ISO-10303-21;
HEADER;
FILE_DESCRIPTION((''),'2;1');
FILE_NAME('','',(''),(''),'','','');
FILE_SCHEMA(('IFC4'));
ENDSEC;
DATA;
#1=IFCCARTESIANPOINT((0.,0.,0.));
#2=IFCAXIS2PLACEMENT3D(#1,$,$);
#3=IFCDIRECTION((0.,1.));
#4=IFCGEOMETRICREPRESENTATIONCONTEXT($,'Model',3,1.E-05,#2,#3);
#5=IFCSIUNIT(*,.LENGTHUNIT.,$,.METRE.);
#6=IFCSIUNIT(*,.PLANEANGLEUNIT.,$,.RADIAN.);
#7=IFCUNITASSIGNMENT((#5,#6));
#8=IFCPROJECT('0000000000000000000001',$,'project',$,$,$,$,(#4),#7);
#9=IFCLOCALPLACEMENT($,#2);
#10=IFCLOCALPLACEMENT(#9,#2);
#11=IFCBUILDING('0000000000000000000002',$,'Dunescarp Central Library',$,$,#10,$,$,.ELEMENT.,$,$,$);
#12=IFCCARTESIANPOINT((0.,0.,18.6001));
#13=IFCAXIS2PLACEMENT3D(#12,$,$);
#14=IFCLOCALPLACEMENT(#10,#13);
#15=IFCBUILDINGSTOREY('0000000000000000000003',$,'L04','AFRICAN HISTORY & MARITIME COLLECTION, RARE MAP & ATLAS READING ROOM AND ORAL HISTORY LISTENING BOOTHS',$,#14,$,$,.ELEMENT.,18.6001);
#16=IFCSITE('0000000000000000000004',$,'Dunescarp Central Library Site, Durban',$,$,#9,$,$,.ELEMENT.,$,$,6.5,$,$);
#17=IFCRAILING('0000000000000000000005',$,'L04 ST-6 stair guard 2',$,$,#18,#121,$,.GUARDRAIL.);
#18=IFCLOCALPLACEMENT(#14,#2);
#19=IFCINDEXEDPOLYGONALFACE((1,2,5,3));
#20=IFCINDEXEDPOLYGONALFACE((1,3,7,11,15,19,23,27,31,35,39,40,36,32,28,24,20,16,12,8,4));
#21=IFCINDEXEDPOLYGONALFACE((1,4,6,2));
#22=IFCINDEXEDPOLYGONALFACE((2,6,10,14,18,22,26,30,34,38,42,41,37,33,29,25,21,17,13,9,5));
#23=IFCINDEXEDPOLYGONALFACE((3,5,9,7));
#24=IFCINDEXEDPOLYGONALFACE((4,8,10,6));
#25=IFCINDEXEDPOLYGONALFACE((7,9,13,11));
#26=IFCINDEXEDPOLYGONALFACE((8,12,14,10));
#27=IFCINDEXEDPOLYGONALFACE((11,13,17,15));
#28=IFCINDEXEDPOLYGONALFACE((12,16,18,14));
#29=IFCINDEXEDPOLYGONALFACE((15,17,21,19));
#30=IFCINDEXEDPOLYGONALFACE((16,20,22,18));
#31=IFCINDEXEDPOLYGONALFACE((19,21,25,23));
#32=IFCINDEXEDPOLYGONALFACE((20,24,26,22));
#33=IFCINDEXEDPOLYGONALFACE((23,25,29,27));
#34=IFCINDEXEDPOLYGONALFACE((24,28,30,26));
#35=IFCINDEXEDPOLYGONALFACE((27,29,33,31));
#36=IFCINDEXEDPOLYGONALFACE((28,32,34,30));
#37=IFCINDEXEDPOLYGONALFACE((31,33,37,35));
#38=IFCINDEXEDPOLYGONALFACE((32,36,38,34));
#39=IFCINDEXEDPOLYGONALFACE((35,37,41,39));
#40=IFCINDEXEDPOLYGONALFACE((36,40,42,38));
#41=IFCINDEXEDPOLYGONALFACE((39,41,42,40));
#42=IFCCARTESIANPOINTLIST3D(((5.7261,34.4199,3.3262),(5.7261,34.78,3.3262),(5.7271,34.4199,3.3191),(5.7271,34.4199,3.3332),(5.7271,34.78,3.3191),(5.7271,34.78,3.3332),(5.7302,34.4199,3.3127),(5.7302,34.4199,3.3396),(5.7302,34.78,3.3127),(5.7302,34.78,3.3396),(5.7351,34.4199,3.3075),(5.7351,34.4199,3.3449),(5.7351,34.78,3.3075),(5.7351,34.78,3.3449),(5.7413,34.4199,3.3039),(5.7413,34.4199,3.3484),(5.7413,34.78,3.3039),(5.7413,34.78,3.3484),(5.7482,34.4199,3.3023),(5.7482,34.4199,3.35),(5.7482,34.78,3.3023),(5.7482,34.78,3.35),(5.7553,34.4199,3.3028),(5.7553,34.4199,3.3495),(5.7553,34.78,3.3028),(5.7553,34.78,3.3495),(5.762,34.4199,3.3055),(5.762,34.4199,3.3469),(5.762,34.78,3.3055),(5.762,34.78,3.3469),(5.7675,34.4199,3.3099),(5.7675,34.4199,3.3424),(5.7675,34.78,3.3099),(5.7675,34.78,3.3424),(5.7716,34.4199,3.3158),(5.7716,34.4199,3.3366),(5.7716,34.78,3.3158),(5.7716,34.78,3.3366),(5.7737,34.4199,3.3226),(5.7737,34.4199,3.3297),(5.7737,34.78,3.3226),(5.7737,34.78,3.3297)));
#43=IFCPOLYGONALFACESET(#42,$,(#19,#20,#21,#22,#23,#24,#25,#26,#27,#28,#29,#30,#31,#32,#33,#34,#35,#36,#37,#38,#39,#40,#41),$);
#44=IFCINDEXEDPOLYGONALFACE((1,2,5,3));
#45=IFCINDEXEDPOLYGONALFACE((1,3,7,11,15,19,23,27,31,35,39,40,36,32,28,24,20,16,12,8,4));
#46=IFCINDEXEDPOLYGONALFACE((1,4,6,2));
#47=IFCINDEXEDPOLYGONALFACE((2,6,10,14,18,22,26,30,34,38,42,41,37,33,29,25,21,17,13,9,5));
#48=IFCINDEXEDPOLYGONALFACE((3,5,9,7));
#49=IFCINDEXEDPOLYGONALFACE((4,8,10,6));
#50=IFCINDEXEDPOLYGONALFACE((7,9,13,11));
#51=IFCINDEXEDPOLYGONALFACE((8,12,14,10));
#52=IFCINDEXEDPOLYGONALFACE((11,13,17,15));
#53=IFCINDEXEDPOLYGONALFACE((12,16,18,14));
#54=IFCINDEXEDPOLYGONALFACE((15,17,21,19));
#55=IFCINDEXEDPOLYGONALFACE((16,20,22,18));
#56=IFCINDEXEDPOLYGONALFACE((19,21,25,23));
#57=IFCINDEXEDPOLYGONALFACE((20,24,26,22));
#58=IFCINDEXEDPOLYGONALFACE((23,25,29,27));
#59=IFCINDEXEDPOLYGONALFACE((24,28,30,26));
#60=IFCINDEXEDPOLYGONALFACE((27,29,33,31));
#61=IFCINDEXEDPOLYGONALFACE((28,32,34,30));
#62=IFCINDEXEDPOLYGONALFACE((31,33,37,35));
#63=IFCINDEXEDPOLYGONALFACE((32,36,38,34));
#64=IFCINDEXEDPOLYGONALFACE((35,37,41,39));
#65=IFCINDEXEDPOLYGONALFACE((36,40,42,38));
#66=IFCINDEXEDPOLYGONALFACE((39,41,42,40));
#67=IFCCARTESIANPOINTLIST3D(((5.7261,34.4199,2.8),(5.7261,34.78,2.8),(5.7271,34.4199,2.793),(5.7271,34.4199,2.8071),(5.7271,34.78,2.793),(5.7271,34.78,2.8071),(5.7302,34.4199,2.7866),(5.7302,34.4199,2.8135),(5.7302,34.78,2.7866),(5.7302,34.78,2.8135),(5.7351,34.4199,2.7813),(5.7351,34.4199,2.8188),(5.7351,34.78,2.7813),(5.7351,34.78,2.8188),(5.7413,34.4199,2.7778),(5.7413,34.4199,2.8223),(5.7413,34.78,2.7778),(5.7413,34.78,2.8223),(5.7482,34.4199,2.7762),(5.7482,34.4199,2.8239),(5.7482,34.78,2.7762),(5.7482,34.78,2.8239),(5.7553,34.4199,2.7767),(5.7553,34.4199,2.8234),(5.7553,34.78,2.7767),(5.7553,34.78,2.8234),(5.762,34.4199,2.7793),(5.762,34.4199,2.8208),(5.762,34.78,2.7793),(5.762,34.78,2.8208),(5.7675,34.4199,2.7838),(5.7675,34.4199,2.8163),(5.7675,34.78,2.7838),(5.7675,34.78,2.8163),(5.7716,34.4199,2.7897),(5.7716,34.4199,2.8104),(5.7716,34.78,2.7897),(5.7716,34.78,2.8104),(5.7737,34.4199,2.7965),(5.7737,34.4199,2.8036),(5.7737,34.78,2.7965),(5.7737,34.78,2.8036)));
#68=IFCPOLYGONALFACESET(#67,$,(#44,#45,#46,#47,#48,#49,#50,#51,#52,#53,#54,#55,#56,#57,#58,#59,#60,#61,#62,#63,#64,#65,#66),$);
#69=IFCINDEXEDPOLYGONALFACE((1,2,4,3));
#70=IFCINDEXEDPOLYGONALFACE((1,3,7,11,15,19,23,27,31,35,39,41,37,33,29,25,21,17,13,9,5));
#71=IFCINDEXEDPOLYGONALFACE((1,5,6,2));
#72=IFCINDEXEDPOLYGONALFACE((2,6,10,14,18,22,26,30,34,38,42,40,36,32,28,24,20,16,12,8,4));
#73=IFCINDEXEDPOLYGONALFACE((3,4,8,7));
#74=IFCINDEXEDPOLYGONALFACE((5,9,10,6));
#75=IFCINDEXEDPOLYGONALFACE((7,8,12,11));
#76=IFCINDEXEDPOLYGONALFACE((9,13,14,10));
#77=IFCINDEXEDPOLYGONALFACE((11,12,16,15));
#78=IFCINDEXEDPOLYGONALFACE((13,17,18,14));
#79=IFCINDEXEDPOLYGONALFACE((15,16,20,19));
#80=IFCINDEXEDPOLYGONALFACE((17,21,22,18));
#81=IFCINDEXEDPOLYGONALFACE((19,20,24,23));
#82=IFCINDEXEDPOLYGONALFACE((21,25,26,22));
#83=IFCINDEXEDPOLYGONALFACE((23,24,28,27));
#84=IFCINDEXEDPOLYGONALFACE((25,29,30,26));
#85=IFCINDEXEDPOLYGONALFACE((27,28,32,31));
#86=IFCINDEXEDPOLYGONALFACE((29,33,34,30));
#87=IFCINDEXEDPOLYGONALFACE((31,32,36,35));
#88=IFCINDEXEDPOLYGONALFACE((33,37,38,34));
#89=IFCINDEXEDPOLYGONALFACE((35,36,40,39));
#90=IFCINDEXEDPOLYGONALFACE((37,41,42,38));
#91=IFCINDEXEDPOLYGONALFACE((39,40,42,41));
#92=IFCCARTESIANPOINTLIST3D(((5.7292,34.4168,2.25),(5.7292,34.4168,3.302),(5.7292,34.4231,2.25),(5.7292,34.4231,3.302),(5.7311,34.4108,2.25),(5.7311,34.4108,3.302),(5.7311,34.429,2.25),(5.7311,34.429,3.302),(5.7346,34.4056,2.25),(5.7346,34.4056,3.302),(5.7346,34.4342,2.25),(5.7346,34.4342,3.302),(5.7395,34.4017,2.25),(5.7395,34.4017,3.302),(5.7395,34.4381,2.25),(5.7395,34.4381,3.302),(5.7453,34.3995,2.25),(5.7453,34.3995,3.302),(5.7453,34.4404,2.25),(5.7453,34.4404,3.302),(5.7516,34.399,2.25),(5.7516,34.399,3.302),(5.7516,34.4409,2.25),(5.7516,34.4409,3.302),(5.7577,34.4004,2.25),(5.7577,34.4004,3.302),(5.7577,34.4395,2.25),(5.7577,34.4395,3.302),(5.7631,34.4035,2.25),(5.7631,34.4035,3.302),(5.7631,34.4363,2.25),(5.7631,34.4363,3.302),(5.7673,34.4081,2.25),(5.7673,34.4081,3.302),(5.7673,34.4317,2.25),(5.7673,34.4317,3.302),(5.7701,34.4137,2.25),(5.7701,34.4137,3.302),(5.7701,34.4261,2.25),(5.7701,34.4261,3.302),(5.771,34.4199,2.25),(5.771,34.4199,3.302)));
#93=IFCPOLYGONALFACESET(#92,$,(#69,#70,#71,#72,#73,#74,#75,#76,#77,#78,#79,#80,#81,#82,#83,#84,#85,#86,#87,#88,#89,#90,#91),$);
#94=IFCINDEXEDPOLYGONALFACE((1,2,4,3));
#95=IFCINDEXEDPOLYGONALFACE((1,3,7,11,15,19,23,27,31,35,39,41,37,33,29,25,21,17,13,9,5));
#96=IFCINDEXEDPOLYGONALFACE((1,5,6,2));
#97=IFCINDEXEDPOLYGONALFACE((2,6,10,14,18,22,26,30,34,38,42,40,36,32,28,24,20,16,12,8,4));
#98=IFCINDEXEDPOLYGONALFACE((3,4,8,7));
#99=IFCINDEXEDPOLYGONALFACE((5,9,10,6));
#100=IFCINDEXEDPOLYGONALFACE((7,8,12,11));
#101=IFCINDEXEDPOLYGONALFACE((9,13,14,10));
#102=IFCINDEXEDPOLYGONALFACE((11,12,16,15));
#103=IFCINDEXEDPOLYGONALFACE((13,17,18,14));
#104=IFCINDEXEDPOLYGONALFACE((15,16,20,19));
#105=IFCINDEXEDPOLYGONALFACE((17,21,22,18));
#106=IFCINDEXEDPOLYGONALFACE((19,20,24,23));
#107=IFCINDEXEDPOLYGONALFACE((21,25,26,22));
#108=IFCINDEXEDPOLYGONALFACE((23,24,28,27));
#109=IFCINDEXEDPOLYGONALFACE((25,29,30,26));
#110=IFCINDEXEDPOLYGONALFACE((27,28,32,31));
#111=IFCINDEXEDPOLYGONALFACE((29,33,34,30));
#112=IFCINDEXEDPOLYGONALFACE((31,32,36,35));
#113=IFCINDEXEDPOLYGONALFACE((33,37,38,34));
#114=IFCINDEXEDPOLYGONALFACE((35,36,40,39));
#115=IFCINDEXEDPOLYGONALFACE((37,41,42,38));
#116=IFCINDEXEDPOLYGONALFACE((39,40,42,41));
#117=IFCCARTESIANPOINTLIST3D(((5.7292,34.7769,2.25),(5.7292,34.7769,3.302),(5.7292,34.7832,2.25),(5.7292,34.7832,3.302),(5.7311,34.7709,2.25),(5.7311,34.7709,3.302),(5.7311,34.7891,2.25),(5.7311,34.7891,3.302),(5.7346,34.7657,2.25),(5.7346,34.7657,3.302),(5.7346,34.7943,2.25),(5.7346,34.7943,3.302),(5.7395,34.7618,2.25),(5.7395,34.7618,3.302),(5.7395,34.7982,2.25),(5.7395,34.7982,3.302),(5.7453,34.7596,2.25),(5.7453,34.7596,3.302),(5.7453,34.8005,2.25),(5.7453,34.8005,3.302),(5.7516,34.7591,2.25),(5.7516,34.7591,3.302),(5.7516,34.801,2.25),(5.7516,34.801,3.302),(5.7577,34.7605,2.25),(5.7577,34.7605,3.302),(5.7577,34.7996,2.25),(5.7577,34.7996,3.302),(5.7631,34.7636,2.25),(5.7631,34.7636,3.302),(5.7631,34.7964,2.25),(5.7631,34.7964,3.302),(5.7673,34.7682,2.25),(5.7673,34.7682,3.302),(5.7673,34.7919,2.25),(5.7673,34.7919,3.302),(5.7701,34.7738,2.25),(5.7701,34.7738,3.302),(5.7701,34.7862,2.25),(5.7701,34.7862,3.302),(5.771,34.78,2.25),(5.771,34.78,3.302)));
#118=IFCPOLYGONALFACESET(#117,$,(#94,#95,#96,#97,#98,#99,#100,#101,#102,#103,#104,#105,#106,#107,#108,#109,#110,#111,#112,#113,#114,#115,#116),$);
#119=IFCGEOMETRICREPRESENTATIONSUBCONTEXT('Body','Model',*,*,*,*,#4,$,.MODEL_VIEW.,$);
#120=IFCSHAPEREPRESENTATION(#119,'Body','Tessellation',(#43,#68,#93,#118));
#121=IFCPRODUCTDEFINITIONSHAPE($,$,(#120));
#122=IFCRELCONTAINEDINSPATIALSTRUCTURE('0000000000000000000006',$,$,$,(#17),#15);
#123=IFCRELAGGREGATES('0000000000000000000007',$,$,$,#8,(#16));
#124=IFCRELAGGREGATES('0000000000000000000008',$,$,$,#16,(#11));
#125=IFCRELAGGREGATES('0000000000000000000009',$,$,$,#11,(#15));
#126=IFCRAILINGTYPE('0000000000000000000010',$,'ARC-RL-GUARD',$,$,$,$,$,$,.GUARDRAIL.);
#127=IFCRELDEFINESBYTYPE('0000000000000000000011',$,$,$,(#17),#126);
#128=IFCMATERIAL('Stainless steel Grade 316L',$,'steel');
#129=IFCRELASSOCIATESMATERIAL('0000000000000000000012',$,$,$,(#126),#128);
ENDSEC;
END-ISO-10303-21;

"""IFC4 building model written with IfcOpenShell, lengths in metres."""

from ifc_helpers import new_model, si_unit, direction, frame, origin, origin_2d, place, context, subcontext, project, spatial, circle, extrude, material, type_object, element, save


model = new_model("IFC4")

# Units and contexts
model_context = context("Model", 3, precision=1e-05, world=origin(), true_north=direction((0.0, 1.0)))
body_context = subcontext(model_context, "Body", "Model", "MODEL_VIEW")
ifc_project = project(units=[si_unit("LENGTHUNIT", "METRE"), si_unit("PLANEANGLEUNIT", "RADIAN")], contexts=[model_context])

# Site, building, storey
site_placement = place(None, origin())
site = spatial("IfcSite", under=ifc_project, at=site_placement, Name="Dunescarp Central Library Site, Durban", CompositionType="ELEMENT", RefElevation=6.5)
building_placement = place(site_placement, origin())
building = spatial("IfcBuilding", under=site, at=building_placement, Name="Dunescarp Central Library", CompositionType="ELEMENT")
storey_placement = place(building_placement, frame((0.0, 0.0, 18.6001)))
storey = spatial("IfcBuildingStorey", under=building, at=storey_placement, Name="L04", Description="AFRICAN HISTORY & MARITIME COLLECTION, RARE MAP & ATLAS READING ROOM AND ORAL HISTORY LISTENING BOOTHS", CompositionType="ELEMENT", Elevation=18.6001)

# Railing
ifc_material_1 = material(Name="Stainless steel Grade 316L", Category="steel")
railing_type_1 = type_object("IfcRailingType", Name="ARC-RL-GUARD", PredefinedType="GUARDRAIL", material=ifc_material_1)
railing_1_placement = place(storey_placement, frame((5.75, 34.4199, 2.25)))
element("IfcRailing", 1, at=railing_1_placement, inside=storey, type_object=railing_type_1, Name="L04 ST-6 stair guard 2", PredefinedType="GUARDRAIL", context=body_context, shape_type="SweptSolid", body=[
    extrude(circle(Radius=0.0239, at=origin_2d()), frame((0.0, 0.0, 1.0762), z_axis=(0.0, 1.0, 0.0), x_axis=(-1.0, 0.0, 0.0)), (0.0, 0.0, 1.0), 0.3601),
    extrude(circle(Radius=0.0239, at=origin_2d()), frame((0.0, 0.0, 0.55), z_axis=(0.0, 1.0, 0.0), x_axis=(-1.0, 0.0, 0.0)), (0.0, 0.0, 1.0), 0.3601),
    extrude(circle(Radius=0.021, at=origin_2d()), origin(), (0.0, 0.0, 1.0), 1.052),
    extrude(circle(Radius=0.021, at=origin_2d()), frame((0.0, 0.3601, 0.0)), (0.0, 0.0, 1.0), 1.052),
])

save(model, "model.ifc")
